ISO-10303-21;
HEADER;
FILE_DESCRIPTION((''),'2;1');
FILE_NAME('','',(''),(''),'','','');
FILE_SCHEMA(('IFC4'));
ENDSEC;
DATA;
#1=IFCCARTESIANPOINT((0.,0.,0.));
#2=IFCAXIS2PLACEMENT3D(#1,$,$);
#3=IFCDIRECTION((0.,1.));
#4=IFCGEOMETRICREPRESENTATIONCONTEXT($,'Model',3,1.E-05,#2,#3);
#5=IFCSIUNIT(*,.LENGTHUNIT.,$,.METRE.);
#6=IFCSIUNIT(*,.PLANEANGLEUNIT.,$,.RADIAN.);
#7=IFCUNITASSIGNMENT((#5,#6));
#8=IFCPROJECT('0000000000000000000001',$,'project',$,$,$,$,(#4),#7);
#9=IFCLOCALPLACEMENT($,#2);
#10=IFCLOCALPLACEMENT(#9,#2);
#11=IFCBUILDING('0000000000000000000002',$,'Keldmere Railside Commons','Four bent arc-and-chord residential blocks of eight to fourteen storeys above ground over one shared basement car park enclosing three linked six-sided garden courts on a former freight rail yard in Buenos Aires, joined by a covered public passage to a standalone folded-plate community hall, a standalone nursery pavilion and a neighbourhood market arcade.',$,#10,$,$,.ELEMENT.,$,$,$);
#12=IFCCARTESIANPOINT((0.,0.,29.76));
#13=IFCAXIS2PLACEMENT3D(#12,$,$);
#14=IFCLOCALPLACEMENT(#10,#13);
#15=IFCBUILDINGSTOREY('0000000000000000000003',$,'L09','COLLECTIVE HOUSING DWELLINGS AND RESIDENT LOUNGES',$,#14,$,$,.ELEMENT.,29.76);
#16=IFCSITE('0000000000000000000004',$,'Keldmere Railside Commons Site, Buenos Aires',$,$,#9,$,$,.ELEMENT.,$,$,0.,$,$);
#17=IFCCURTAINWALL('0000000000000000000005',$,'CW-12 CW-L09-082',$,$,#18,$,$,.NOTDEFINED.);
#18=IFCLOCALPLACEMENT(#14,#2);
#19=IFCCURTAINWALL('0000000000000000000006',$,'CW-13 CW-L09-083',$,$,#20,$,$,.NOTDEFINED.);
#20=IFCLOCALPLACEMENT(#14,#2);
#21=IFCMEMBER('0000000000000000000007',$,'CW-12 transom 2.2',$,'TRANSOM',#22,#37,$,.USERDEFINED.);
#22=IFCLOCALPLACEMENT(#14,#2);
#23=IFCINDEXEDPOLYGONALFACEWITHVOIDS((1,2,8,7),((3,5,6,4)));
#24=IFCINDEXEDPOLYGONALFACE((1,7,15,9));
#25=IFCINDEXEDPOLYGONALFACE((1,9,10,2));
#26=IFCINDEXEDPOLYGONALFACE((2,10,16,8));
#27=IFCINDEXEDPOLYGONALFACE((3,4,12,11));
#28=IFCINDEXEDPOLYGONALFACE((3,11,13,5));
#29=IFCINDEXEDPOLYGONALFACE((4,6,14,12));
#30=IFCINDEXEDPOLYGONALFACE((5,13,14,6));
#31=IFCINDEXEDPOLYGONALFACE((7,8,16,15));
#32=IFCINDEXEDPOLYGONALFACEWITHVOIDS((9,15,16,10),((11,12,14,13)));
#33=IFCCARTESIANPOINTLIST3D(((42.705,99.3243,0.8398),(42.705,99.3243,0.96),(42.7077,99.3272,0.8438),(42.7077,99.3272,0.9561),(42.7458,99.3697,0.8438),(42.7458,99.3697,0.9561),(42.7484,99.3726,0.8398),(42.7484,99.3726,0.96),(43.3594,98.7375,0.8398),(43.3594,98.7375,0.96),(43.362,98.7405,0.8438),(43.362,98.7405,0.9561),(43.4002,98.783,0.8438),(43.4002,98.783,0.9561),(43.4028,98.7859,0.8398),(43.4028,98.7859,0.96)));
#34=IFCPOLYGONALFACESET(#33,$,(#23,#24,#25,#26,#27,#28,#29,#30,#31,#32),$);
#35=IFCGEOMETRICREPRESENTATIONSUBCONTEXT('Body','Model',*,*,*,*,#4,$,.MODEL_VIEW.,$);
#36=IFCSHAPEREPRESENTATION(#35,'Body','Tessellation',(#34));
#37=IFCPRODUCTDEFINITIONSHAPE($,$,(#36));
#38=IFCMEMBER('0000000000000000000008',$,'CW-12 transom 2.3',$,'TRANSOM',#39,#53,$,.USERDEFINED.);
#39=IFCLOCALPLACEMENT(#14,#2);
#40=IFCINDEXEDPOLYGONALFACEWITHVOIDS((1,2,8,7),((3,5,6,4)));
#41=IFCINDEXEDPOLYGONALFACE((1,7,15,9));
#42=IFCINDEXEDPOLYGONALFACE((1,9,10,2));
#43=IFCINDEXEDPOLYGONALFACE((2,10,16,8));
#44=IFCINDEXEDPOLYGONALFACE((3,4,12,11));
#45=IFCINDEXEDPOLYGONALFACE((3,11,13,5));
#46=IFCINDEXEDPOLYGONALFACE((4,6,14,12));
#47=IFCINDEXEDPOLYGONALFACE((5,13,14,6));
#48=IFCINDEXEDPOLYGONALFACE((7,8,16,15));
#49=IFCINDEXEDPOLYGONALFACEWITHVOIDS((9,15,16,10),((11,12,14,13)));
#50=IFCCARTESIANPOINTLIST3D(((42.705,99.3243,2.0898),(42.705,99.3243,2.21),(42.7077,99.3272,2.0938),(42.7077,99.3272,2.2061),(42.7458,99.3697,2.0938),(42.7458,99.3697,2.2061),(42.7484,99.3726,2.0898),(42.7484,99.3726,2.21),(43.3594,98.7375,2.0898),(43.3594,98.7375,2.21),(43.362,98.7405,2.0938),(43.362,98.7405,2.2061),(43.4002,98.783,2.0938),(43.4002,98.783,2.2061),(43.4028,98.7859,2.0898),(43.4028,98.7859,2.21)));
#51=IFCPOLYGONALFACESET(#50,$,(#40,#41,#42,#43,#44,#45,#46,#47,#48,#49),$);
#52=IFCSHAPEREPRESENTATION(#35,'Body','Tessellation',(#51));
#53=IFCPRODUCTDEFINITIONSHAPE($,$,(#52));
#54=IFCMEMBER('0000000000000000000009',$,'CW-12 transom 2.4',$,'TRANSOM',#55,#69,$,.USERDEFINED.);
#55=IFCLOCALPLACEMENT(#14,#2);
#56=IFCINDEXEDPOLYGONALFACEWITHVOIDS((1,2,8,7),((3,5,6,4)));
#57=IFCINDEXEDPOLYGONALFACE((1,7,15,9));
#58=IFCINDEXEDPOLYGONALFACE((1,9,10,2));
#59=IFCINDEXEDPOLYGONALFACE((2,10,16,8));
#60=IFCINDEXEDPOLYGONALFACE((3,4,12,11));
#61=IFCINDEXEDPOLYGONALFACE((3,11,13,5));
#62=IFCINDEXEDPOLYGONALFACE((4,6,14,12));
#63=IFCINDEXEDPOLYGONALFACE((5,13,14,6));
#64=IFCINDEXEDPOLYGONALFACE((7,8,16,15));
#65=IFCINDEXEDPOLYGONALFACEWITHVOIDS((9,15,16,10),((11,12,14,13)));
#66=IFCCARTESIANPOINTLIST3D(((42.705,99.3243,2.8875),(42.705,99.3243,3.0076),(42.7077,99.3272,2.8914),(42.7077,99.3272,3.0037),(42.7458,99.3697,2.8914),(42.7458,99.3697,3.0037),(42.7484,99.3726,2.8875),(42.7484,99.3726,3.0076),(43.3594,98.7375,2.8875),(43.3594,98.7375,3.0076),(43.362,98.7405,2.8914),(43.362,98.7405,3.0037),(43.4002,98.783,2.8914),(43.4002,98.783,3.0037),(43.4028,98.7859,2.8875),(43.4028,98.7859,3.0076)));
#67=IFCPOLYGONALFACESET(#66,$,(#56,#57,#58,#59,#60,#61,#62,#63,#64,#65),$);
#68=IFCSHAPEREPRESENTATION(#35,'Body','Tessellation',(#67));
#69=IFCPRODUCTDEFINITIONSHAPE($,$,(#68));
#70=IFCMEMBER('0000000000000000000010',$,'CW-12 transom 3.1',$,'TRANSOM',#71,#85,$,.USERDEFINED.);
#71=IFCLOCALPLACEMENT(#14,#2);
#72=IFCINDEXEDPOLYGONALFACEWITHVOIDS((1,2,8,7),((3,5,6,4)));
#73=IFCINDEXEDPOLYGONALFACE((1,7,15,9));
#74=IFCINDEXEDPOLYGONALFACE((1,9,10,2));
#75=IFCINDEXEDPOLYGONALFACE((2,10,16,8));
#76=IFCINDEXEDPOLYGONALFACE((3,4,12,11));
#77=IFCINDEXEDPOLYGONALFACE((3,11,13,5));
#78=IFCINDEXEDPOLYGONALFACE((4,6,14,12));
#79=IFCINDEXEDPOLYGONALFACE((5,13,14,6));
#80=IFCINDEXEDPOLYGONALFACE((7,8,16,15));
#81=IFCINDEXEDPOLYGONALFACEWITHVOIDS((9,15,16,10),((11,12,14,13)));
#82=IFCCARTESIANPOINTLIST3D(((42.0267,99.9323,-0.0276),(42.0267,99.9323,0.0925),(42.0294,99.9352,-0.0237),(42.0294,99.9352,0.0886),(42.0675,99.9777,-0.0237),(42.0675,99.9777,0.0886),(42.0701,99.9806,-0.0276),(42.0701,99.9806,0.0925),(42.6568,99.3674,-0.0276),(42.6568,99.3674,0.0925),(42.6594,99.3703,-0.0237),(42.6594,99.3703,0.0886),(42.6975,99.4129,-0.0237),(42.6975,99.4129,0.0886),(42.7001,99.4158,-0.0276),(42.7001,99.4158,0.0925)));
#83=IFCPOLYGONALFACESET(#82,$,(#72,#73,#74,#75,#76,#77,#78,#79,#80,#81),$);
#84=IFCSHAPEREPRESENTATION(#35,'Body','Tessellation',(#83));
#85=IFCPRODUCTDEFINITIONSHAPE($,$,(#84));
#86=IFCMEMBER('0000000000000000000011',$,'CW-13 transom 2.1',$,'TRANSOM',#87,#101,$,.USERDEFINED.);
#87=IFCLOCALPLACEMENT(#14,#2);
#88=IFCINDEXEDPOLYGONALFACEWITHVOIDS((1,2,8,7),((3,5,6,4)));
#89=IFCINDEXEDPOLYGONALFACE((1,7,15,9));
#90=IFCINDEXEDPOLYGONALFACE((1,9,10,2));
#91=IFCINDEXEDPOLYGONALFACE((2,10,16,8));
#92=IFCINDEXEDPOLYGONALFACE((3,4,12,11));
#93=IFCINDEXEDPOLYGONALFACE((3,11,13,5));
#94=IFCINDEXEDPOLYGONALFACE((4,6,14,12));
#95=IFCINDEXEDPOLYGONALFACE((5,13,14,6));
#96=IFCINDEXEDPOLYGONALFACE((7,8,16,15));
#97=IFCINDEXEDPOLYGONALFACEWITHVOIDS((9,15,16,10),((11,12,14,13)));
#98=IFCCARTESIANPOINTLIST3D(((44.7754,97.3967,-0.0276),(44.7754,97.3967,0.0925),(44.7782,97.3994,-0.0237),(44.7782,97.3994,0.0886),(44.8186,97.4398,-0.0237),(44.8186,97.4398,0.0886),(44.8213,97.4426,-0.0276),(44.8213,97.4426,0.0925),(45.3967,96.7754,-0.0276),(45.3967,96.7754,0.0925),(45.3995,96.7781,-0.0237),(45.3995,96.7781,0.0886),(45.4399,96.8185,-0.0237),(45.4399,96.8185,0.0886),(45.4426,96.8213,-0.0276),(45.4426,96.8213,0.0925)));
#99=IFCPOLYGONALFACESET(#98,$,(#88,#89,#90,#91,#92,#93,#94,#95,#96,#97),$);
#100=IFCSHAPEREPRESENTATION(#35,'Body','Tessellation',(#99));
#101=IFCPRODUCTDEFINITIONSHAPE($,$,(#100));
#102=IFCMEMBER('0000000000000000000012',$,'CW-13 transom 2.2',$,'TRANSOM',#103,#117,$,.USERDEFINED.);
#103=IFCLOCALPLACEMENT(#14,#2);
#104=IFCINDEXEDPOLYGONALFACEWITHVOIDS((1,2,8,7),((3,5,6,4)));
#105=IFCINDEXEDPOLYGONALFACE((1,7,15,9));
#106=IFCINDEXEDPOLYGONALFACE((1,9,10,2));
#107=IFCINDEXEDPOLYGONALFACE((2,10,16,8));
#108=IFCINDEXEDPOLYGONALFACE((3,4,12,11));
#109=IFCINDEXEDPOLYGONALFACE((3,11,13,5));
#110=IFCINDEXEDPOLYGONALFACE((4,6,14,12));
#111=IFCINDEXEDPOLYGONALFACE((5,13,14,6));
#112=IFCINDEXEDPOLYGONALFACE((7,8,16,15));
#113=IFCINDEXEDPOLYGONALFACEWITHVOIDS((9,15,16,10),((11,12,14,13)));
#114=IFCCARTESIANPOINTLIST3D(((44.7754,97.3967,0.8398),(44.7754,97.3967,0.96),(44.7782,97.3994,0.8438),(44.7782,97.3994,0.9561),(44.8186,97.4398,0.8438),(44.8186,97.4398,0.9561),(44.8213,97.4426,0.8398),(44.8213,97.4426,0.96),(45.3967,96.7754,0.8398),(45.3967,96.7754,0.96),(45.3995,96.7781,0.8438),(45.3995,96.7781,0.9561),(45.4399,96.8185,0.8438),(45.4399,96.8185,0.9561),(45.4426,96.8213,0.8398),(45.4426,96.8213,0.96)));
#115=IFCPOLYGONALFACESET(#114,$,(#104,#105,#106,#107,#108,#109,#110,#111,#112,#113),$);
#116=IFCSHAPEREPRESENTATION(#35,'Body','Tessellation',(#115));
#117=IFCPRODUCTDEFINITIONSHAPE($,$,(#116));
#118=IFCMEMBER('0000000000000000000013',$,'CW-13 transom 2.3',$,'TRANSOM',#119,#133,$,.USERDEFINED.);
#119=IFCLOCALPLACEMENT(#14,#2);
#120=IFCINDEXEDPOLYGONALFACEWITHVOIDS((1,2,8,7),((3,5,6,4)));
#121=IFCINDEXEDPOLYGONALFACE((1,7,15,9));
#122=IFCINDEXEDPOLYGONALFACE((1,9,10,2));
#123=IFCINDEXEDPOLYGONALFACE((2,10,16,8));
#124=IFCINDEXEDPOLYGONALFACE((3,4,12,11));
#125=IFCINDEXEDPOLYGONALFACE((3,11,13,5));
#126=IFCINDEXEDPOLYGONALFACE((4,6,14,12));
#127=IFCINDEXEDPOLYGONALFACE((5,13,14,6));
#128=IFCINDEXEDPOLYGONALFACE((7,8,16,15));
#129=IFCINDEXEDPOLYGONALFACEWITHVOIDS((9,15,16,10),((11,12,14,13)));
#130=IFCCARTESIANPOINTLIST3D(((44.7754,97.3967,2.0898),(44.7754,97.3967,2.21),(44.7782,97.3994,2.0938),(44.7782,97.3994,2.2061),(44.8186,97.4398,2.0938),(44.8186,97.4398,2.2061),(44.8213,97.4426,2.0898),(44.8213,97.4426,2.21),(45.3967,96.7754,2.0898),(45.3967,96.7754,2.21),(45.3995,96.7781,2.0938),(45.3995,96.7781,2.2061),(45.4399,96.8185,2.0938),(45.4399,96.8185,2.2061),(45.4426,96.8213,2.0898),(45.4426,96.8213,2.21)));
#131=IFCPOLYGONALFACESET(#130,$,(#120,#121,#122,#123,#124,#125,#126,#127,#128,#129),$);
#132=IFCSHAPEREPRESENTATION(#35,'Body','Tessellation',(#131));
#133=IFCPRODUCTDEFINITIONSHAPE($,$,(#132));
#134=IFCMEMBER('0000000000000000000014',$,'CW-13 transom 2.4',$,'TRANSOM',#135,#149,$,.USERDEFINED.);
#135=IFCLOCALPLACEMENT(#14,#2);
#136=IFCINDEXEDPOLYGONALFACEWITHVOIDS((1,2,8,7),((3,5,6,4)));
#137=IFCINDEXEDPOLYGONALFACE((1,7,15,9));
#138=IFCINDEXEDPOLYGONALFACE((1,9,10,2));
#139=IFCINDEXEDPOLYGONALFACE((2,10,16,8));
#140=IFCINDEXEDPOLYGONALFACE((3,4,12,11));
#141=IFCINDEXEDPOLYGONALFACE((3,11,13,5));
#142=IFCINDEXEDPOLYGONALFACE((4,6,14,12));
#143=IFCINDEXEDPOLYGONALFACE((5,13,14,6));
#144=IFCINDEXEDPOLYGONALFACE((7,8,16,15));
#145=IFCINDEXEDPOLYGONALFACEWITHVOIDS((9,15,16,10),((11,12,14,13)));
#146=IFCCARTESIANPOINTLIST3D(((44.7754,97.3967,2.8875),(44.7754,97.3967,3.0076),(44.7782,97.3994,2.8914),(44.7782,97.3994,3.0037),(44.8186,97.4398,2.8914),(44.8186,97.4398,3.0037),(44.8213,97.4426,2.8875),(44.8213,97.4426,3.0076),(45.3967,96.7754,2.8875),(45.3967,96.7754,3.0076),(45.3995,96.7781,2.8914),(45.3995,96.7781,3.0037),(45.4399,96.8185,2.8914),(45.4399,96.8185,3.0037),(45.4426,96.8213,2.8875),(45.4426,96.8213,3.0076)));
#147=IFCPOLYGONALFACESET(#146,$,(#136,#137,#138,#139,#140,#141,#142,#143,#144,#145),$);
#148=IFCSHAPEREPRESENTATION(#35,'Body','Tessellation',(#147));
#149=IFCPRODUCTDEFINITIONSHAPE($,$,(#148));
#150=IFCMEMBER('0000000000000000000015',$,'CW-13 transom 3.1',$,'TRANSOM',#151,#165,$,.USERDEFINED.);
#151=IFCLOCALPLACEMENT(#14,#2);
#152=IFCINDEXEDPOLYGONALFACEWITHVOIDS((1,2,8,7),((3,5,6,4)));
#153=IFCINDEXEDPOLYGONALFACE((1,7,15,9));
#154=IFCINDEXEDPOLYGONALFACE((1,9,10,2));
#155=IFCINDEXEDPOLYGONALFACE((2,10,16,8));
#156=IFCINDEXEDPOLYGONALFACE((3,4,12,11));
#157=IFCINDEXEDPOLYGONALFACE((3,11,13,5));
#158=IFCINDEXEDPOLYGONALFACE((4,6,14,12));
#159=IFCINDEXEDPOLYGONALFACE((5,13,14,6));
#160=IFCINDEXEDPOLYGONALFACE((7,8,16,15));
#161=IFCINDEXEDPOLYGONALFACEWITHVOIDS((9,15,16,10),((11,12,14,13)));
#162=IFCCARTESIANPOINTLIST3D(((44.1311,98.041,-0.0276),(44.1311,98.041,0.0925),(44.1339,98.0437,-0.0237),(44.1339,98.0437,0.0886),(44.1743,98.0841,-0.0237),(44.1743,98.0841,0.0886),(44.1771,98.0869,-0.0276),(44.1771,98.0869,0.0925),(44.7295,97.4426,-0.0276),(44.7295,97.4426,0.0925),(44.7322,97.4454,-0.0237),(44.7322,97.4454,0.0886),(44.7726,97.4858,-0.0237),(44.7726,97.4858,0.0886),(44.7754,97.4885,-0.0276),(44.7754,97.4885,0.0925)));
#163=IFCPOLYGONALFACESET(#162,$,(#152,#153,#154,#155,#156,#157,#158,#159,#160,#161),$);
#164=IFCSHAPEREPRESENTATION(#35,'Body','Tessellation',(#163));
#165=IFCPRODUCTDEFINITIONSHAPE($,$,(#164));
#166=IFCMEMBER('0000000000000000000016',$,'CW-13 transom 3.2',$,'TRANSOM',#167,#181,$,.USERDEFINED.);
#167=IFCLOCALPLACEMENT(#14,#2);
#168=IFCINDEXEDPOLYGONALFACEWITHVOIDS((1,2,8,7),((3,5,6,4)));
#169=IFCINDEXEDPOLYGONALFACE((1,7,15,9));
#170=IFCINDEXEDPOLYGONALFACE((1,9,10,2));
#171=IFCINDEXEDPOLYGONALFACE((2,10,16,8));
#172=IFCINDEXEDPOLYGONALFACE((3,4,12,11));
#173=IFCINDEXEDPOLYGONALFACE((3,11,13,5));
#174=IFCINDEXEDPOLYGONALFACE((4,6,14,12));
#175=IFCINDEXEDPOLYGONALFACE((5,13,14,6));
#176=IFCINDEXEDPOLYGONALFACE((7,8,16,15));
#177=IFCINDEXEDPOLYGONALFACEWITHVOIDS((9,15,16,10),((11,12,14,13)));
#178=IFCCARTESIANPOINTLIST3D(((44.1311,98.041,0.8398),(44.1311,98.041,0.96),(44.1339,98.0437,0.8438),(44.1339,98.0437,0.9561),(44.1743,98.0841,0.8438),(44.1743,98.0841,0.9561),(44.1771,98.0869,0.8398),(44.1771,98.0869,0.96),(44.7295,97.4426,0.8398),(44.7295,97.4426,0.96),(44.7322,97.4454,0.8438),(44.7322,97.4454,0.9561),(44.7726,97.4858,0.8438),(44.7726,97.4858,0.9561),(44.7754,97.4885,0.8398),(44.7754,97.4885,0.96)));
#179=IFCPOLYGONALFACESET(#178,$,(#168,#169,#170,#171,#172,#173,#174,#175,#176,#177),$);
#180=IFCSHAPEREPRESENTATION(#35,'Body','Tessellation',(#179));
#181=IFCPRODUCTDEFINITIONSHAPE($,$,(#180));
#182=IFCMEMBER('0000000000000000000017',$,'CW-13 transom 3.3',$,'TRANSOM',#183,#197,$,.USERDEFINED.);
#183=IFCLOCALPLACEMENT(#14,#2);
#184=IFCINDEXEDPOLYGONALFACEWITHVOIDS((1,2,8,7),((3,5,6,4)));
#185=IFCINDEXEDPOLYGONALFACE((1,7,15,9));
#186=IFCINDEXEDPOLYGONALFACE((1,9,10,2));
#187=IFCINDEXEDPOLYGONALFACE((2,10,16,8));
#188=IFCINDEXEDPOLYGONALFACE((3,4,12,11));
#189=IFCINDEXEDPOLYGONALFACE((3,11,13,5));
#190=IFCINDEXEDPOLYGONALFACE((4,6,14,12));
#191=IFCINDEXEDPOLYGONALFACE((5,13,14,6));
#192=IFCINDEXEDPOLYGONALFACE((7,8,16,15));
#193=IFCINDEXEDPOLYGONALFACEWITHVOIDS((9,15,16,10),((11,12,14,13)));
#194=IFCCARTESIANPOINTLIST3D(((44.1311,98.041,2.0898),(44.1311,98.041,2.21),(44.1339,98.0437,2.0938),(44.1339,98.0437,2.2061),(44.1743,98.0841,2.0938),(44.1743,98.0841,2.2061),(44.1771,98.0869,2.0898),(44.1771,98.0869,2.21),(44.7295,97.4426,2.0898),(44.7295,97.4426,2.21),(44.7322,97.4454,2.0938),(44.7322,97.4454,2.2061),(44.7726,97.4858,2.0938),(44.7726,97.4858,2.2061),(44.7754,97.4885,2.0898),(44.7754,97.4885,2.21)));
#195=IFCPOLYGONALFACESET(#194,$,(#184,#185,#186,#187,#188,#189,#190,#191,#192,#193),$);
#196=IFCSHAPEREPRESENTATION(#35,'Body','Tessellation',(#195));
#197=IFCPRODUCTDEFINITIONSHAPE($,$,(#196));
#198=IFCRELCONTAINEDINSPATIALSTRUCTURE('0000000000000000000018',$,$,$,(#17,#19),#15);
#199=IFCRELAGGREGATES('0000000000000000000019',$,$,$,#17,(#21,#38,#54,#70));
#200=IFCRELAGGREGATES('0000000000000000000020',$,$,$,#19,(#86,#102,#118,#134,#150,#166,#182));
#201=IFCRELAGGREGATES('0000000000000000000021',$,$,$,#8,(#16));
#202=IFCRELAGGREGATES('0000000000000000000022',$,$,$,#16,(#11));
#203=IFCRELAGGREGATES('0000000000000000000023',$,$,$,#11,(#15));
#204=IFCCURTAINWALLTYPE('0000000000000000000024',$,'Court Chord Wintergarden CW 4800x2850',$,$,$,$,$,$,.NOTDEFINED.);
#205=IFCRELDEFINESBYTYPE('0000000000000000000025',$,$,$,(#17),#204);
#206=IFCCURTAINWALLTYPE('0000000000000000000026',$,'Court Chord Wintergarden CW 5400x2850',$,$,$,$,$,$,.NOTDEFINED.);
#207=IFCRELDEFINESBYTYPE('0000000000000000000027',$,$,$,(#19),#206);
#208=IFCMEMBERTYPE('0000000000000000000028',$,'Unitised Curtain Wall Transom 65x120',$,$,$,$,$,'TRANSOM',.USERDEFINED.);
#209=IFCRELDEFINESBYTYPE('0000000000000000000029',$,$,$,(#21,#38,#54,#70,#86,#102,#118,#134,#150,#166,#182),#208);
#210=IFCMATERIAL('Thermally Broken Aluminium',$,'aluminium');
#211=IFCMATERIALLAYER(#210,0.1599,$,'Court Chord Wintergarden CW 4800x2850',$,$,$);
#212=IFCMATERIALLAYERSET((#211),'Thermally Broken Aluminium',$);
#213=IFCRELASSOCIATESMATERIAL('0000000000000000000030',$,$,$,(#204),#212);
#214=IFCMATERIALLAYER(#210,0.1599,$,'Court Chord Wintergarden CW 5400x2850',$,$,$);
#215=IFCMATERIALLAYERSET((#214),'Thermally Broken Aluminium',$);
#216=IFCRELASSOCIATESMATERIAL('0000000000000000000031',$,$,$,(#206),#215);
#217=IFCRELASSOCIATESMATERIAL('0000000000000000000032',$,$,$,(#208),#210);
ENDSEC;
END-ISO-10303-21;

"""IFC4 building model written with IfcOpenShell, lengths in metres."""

from ifc_helpers import new_model, si_unit, direction, frame, origin, origin_2d, place, context, subcontext, project, spatial, hollow_rectangle, extrude, material, layer, layer_set, material_profile, profile_set, type_object, element, aggregate, save


model = new_model("IFC4")

# Units and contexts
model_context = context("Model", 3, precision=1e-05, world=origin(), true_north=direction((0.0, 1.0)))
body_context = subcontext(model_context, "Body", "Model", "MODEL_VIEW")
ifc_project = project(units=[si_unit("LENGTHUNIT", "METRE"), si_unit("PLANEANGLEUNIT", "RADIAN")], contexts=[model_context])

# Site, building, storey
site_placement = place(None, origin())
site = spatial("IfcSite", under=ifc_project, at=site_placement, Name="Keldmere Railside Commons Site, Buenos Aires", CompositionType="ELEMENT", RefElevation=0.0)
building_placement = place(site_placement, origin())
building = spatial("IfcBuilding", under=site, at=building_placement, Name="Keldmere Railside Commons", Description="Four bent arc-and-chord residential blocks of eight to fourteen storeys above ground over one shared basement car park enclosing three linked six-sided garden courts on a former freight rail yard in Buenos Aires, joined by a covered public passage to a standalone folded-plate community hall, a standalone nursery pavilion and a neighbourhood market arcade.", CompositionType="ELEMENT")
storey_placement = place(building_placement, frame((0.0, 0.0, 29.76)))
storey = spatial("IfcBuildingStorey", under=building, at=storey_placement, Name="L09", Description="COLLECTIVE HOUSING DWELLINGS AND RESIDENT LOUNGES", CompositionType="ELEMENT", Elevation=29.76)

# Curtain walls
ifc_material_1 = material(Name="Thermally Broken Aluminium", Category="aluminium")
ifc_layer_1 = layer(ifc_material_1, 0.1599, Name="Court Chord Wintergarden CW 4800x2850")
ifc_layer_set_1 = layer_set([ifc_layer_1], Name="Thermally Broken Aluminium")
curtain_wall_type_1 = type_object("IfcCurtainWallType", Name="Court Chord Wintergarden CW 4800x2850", PredefinedType="NOTDEFINED", material=ifc_layer_set_1)
curtain_wall_1_placement = place(storey_placement, origin())
curtain_wall_1 = element("IfcCurtainWall", 1, at=curtain_wall_1_placement, inside=storey, type_object=curtain_wall_type_1, Name="CW-12 CW-L09-082", PredefinedType="NOTDEFINED")
ifc_layer_2 = layer(ifc_material_1, 0.1599, Name="Court Chord Wintergarden CW 5400x2850")
ifc_layer_set_2 = layer_set([ifc_layer_2], Name="Thermally Broken Aluminium")
curtain_wall_type_2 = type_object("IfcCurtainWallType", Name="Court Chord Wintergarden CW 5400x2850", PredefinedType="NOTDEFINED", material=ifc_layer_set_2)
curtain_wall_2_placement = place(storey_placement, origin())
curtain_wall_2 = element("IfcCurtainWall", 2, at=curtain_wall_2_placement, inside=storey, type_object=curtain_wall_type_2, Name="CW-13 CW-L09-083", PredefinedType="NOTDEFINED")

# Members
ifc_material_profile_1 = material_profile(ifc_material_1, hollow_rectangle(XDim=0.0649, YDim=0.1201, WallThickness=0.0039, at=origin_2d()), Name="ALU-TRAN-65x120")
ifc_profile_set_1 = profile_set([ifc_material_profile_1], Name="Thermally Broken Aluminium")
member_type_1 = type_object("IfcMemberType", Name="Unitised Curtain Wall Transom 65x120", ElementType="TRANSOM", PredefinedType="USERDEFINED", material=ifc_profile_set_1)
member_1_placement = place(storey_placement, frame((43.3811, 98.7617, 0.8999), z_axis=(-0.744536, 0.667582, 0.0), x_axis=(-0.667582, -0.744536, 0.0)))
member_1 = element("IfcMember", 3, at=member_1_placement, type_object=member_type_1, Name="CW-12 transom 2.2", ObjectType="TRANSOM", PredefinedType="USERDEFINED", context=body_context, shape_type="SweptSolid", body=[
    extrude(hollow_rectangle(XDim=0.0649, YDim=0.1201, WallThickness=0.0039, at=origin_2d()), origin(), (0.0, 0.0, 1.0), 0.8789),
])
member_2_placement = place(storey_placement, frame((43.3811, 98.7617, 2.1499), z_axis=(-0.744536, 0.667582, 0.0), x_axis=(-0.667582, -0.744536, 0.0)))
member_2 = element("IfcMember", 4, at=member_2_placement, type_object=member_type_1, Name="CW-12 transom 2.3", ObjectType="TRANSOM", PredefinedType="USERDEFINED", context=body_context, shape_type="SweptSolid", body=[
    extrude(hollow_rectangle(XDim=0.0649, YDim=0.1201, WallThickness=0.0039, at=origin_2d()), origin(), (0.0, 0.0, 1.0), 0.8789),
])
member_3_placement = place(storey_placement, frame((43.3811, 98.7617, 2.9475), z_axis=(-0.744536, 0.667582, 0.0), x_axis=(-0.667582, -0.744536, 0.0)))
member_3 = element("IfcMember", 5, at=member_3_placement, type_object=member_type_1, Name="CW-12 transom 2.4", ObjectType="TRANSOM", PredefinedType="USERDEFINED", context=body_context, shape_type="SweptSolid", body=[
    extrude(hollow_rectangle(XDim=0.0649, YDim=0.1201, WallThickness=0.0039, at=origin_2d()), origin(), (0.0, 0.0, 1.0), 0.8789),
])
member_4_placement = place(storey_placement, frame((42.6785, 99.3916, 0.0325), z_axis=(-0.744569, 0.667545, 0.0), x_axis=(-0.667545, -0.744569, 0.0)))
member_4 = element("IfcMember", 6, at=member_4_placement, type_object=member_type_1, Name="CW-12 transom 3.1", ObjectType="TRANSOM", PredefinedType="USERDEFINED", context=body_context, shape_type="SweptSolid", body=[
    extrude(hollow_rectangle(XDim=0.0649, YDim=0.1201, WallThickness=0.0039, at=origin_2d()), origin(), (0.0, 0.0, 1.0), 0.8462),
])
member_5_placement = place(storey_placement, frame((45.4197, 96.7983, 0.0325), z_axis=(-0.707107, 0.707107, 0.0), x_axis=(-0.707107, -0.707107, 0.0)))
member_5 = element("IfcMember", 7, at=member_5_placement, type_object=member_type_1, Name="CW-13 transom 2.1", ObjectType="TRANSOM", PredefinedType="USERDEFINED", context=body_context, shape_type="SweptSolid", body=[
    extrude(hollow_rectangle(XDim=0.0649, YDim=0.1201, WallThickness=0.0039, at=origin_2d()), origin(), (0.0, 0.0, 1.0), 0.8787),
])
member_6_placement = place(storey_placement, frame((45.4197, 96.7983, 0.8999), z_axis=(-0.707107, 0.707107, 0.0), x_axis=(-0.707107, -0.707107, 0.0)))
member_6 = element("IfcMember", 8, at=member_6_placement, type_object=member_type_1, Name="CW-13 transom 2.2", ObjectType="TRANSOM", PredefinedType="USERDEFINED", context=body_context, shape_type="SweptSolid", body=[
    extrude(hollow_rectangle(XDim=0.0649, YDim=0.1201, WallThickness=0.0039, at=origin_2d()), origin(), (0.0, 0.0, 1.0), 0.8787),
])
member_7_placement = place(storey_placement, frame((45.4197, 96.7983, 2.1499), z_axis=(-0.707107, 0.707107, 0.0), x_axis=(-0.707107, -0.707107, 0.0)))
member_7 = element("IfcMember", 9, at=member_7_placement, type_object=member_type_1, Name="CW-13 transom 2.3", ObjectType="TRANSOM", PredefinedType="USERDEFINED", context=body_context, shape_type="SweptSolid", body=[
    extrude(hollow_rectangle(XDim=0.0649, YDim=0.1201, WallThickness=0.0039, at=origin_2d()), origin(), (0.0, 0.0, 1.0), 0.8787),
])
member_8_placement = place(storey_placement, frame((45.4197, 96.7983, 2.9475), z_axis=(-0.707107, 0.707107, 0.0), x_axis=(-0.707107, -0.707107, 0.0)))
member_8 = element("IfcMember", 10, at=member_8_placement, type_object=member_type_1, Name="CW-13 transom 2.4", ObjectType="TRANSOM", PredefinedType="USERDEFINED", context=body_context, shape_type="SweptSolid", body=[
    extrude(hollow_rectangle(XDim=0.0649, YDim=0.1201, WallThickness=0.0039, at=origin_2d()), origin(), (0.0, 0.0, 1.0), 0.8787),
])
member_9_placement = place(storey_placement, frame((44.7524, 97.4656, 0.0325), z_axis=(-0.707107, 0.707107, 0.0), x_axis=(-0.707107, -0.707107, 0.0)))
member_9 = element("IfcMember", 11, at=member_9_placement, type_object=member_type_1, Name="CW-13 transom 3.1", ObjectType="TRANSOM", PredefinedType="USERDEFINED", context=body_context, shape_type="SweptSolid", body=[
    extrude(hollow_rectangle(XDim=0.0649, YDim=0.1201, WallThickness=0.0039, at=origin_2d()), origin(), (0.0, 0.0, 1.0), 0.8462),
])
member_10_placement = place(storey_placement, frame((44.7524, 97.4656, 0.8999), z_axis=(-0.707107, 0.707107, 0.0), x_axis=(-0.707107, -0.707107, 0.0)))
member_10 = element("IfcMember", 12, at=member_10_placement, type_object=member_type_1, Name="CW-13 transom 3.2", ObjectType="TRANSOM", PredefinedType="USERDEFINED", context=body_context, shape_type="SweptSolid", body=[
    extrude(hollow_rectangle(XDim=0.0649, YDim=0.1201, WallThickness=0.0039, at=origin_2d()), origin(), (0.0, 0.0, 1.0), 0.8462),
])
member_11_placement = place(storey_placement, frame((44.7524, 97.4656, 2.1499), z_axis=(-0.707107, 0.707107, 0.0), x_axis=(-0.707107, -0.707107, 0.0)))
member_11 = element("IfcMember", 13, at=member_11_placement, type_object=member_type_1, Name="CW-13 transom 3.3", ObjectType="TRANSOM", PredefinedType="USERDEFINED", context=body_context, shape_type="SweptSolid", body=[
    extrude(hollow_rectangle(XDim=0.0649, YDim=0.1201, WallThickness=0.0039, at=origin_2d()), origin(), (0.0, 0.0, 1.0), 0.8462),
])

aggregate(curtain_wall_1, [member_1, member_2, member_3, member_4])
aggregate(curtain_wall_2, [member_5, member_6, member_7, member_8, member_9, member_10, member_11])

save(model, "model.ifc")
